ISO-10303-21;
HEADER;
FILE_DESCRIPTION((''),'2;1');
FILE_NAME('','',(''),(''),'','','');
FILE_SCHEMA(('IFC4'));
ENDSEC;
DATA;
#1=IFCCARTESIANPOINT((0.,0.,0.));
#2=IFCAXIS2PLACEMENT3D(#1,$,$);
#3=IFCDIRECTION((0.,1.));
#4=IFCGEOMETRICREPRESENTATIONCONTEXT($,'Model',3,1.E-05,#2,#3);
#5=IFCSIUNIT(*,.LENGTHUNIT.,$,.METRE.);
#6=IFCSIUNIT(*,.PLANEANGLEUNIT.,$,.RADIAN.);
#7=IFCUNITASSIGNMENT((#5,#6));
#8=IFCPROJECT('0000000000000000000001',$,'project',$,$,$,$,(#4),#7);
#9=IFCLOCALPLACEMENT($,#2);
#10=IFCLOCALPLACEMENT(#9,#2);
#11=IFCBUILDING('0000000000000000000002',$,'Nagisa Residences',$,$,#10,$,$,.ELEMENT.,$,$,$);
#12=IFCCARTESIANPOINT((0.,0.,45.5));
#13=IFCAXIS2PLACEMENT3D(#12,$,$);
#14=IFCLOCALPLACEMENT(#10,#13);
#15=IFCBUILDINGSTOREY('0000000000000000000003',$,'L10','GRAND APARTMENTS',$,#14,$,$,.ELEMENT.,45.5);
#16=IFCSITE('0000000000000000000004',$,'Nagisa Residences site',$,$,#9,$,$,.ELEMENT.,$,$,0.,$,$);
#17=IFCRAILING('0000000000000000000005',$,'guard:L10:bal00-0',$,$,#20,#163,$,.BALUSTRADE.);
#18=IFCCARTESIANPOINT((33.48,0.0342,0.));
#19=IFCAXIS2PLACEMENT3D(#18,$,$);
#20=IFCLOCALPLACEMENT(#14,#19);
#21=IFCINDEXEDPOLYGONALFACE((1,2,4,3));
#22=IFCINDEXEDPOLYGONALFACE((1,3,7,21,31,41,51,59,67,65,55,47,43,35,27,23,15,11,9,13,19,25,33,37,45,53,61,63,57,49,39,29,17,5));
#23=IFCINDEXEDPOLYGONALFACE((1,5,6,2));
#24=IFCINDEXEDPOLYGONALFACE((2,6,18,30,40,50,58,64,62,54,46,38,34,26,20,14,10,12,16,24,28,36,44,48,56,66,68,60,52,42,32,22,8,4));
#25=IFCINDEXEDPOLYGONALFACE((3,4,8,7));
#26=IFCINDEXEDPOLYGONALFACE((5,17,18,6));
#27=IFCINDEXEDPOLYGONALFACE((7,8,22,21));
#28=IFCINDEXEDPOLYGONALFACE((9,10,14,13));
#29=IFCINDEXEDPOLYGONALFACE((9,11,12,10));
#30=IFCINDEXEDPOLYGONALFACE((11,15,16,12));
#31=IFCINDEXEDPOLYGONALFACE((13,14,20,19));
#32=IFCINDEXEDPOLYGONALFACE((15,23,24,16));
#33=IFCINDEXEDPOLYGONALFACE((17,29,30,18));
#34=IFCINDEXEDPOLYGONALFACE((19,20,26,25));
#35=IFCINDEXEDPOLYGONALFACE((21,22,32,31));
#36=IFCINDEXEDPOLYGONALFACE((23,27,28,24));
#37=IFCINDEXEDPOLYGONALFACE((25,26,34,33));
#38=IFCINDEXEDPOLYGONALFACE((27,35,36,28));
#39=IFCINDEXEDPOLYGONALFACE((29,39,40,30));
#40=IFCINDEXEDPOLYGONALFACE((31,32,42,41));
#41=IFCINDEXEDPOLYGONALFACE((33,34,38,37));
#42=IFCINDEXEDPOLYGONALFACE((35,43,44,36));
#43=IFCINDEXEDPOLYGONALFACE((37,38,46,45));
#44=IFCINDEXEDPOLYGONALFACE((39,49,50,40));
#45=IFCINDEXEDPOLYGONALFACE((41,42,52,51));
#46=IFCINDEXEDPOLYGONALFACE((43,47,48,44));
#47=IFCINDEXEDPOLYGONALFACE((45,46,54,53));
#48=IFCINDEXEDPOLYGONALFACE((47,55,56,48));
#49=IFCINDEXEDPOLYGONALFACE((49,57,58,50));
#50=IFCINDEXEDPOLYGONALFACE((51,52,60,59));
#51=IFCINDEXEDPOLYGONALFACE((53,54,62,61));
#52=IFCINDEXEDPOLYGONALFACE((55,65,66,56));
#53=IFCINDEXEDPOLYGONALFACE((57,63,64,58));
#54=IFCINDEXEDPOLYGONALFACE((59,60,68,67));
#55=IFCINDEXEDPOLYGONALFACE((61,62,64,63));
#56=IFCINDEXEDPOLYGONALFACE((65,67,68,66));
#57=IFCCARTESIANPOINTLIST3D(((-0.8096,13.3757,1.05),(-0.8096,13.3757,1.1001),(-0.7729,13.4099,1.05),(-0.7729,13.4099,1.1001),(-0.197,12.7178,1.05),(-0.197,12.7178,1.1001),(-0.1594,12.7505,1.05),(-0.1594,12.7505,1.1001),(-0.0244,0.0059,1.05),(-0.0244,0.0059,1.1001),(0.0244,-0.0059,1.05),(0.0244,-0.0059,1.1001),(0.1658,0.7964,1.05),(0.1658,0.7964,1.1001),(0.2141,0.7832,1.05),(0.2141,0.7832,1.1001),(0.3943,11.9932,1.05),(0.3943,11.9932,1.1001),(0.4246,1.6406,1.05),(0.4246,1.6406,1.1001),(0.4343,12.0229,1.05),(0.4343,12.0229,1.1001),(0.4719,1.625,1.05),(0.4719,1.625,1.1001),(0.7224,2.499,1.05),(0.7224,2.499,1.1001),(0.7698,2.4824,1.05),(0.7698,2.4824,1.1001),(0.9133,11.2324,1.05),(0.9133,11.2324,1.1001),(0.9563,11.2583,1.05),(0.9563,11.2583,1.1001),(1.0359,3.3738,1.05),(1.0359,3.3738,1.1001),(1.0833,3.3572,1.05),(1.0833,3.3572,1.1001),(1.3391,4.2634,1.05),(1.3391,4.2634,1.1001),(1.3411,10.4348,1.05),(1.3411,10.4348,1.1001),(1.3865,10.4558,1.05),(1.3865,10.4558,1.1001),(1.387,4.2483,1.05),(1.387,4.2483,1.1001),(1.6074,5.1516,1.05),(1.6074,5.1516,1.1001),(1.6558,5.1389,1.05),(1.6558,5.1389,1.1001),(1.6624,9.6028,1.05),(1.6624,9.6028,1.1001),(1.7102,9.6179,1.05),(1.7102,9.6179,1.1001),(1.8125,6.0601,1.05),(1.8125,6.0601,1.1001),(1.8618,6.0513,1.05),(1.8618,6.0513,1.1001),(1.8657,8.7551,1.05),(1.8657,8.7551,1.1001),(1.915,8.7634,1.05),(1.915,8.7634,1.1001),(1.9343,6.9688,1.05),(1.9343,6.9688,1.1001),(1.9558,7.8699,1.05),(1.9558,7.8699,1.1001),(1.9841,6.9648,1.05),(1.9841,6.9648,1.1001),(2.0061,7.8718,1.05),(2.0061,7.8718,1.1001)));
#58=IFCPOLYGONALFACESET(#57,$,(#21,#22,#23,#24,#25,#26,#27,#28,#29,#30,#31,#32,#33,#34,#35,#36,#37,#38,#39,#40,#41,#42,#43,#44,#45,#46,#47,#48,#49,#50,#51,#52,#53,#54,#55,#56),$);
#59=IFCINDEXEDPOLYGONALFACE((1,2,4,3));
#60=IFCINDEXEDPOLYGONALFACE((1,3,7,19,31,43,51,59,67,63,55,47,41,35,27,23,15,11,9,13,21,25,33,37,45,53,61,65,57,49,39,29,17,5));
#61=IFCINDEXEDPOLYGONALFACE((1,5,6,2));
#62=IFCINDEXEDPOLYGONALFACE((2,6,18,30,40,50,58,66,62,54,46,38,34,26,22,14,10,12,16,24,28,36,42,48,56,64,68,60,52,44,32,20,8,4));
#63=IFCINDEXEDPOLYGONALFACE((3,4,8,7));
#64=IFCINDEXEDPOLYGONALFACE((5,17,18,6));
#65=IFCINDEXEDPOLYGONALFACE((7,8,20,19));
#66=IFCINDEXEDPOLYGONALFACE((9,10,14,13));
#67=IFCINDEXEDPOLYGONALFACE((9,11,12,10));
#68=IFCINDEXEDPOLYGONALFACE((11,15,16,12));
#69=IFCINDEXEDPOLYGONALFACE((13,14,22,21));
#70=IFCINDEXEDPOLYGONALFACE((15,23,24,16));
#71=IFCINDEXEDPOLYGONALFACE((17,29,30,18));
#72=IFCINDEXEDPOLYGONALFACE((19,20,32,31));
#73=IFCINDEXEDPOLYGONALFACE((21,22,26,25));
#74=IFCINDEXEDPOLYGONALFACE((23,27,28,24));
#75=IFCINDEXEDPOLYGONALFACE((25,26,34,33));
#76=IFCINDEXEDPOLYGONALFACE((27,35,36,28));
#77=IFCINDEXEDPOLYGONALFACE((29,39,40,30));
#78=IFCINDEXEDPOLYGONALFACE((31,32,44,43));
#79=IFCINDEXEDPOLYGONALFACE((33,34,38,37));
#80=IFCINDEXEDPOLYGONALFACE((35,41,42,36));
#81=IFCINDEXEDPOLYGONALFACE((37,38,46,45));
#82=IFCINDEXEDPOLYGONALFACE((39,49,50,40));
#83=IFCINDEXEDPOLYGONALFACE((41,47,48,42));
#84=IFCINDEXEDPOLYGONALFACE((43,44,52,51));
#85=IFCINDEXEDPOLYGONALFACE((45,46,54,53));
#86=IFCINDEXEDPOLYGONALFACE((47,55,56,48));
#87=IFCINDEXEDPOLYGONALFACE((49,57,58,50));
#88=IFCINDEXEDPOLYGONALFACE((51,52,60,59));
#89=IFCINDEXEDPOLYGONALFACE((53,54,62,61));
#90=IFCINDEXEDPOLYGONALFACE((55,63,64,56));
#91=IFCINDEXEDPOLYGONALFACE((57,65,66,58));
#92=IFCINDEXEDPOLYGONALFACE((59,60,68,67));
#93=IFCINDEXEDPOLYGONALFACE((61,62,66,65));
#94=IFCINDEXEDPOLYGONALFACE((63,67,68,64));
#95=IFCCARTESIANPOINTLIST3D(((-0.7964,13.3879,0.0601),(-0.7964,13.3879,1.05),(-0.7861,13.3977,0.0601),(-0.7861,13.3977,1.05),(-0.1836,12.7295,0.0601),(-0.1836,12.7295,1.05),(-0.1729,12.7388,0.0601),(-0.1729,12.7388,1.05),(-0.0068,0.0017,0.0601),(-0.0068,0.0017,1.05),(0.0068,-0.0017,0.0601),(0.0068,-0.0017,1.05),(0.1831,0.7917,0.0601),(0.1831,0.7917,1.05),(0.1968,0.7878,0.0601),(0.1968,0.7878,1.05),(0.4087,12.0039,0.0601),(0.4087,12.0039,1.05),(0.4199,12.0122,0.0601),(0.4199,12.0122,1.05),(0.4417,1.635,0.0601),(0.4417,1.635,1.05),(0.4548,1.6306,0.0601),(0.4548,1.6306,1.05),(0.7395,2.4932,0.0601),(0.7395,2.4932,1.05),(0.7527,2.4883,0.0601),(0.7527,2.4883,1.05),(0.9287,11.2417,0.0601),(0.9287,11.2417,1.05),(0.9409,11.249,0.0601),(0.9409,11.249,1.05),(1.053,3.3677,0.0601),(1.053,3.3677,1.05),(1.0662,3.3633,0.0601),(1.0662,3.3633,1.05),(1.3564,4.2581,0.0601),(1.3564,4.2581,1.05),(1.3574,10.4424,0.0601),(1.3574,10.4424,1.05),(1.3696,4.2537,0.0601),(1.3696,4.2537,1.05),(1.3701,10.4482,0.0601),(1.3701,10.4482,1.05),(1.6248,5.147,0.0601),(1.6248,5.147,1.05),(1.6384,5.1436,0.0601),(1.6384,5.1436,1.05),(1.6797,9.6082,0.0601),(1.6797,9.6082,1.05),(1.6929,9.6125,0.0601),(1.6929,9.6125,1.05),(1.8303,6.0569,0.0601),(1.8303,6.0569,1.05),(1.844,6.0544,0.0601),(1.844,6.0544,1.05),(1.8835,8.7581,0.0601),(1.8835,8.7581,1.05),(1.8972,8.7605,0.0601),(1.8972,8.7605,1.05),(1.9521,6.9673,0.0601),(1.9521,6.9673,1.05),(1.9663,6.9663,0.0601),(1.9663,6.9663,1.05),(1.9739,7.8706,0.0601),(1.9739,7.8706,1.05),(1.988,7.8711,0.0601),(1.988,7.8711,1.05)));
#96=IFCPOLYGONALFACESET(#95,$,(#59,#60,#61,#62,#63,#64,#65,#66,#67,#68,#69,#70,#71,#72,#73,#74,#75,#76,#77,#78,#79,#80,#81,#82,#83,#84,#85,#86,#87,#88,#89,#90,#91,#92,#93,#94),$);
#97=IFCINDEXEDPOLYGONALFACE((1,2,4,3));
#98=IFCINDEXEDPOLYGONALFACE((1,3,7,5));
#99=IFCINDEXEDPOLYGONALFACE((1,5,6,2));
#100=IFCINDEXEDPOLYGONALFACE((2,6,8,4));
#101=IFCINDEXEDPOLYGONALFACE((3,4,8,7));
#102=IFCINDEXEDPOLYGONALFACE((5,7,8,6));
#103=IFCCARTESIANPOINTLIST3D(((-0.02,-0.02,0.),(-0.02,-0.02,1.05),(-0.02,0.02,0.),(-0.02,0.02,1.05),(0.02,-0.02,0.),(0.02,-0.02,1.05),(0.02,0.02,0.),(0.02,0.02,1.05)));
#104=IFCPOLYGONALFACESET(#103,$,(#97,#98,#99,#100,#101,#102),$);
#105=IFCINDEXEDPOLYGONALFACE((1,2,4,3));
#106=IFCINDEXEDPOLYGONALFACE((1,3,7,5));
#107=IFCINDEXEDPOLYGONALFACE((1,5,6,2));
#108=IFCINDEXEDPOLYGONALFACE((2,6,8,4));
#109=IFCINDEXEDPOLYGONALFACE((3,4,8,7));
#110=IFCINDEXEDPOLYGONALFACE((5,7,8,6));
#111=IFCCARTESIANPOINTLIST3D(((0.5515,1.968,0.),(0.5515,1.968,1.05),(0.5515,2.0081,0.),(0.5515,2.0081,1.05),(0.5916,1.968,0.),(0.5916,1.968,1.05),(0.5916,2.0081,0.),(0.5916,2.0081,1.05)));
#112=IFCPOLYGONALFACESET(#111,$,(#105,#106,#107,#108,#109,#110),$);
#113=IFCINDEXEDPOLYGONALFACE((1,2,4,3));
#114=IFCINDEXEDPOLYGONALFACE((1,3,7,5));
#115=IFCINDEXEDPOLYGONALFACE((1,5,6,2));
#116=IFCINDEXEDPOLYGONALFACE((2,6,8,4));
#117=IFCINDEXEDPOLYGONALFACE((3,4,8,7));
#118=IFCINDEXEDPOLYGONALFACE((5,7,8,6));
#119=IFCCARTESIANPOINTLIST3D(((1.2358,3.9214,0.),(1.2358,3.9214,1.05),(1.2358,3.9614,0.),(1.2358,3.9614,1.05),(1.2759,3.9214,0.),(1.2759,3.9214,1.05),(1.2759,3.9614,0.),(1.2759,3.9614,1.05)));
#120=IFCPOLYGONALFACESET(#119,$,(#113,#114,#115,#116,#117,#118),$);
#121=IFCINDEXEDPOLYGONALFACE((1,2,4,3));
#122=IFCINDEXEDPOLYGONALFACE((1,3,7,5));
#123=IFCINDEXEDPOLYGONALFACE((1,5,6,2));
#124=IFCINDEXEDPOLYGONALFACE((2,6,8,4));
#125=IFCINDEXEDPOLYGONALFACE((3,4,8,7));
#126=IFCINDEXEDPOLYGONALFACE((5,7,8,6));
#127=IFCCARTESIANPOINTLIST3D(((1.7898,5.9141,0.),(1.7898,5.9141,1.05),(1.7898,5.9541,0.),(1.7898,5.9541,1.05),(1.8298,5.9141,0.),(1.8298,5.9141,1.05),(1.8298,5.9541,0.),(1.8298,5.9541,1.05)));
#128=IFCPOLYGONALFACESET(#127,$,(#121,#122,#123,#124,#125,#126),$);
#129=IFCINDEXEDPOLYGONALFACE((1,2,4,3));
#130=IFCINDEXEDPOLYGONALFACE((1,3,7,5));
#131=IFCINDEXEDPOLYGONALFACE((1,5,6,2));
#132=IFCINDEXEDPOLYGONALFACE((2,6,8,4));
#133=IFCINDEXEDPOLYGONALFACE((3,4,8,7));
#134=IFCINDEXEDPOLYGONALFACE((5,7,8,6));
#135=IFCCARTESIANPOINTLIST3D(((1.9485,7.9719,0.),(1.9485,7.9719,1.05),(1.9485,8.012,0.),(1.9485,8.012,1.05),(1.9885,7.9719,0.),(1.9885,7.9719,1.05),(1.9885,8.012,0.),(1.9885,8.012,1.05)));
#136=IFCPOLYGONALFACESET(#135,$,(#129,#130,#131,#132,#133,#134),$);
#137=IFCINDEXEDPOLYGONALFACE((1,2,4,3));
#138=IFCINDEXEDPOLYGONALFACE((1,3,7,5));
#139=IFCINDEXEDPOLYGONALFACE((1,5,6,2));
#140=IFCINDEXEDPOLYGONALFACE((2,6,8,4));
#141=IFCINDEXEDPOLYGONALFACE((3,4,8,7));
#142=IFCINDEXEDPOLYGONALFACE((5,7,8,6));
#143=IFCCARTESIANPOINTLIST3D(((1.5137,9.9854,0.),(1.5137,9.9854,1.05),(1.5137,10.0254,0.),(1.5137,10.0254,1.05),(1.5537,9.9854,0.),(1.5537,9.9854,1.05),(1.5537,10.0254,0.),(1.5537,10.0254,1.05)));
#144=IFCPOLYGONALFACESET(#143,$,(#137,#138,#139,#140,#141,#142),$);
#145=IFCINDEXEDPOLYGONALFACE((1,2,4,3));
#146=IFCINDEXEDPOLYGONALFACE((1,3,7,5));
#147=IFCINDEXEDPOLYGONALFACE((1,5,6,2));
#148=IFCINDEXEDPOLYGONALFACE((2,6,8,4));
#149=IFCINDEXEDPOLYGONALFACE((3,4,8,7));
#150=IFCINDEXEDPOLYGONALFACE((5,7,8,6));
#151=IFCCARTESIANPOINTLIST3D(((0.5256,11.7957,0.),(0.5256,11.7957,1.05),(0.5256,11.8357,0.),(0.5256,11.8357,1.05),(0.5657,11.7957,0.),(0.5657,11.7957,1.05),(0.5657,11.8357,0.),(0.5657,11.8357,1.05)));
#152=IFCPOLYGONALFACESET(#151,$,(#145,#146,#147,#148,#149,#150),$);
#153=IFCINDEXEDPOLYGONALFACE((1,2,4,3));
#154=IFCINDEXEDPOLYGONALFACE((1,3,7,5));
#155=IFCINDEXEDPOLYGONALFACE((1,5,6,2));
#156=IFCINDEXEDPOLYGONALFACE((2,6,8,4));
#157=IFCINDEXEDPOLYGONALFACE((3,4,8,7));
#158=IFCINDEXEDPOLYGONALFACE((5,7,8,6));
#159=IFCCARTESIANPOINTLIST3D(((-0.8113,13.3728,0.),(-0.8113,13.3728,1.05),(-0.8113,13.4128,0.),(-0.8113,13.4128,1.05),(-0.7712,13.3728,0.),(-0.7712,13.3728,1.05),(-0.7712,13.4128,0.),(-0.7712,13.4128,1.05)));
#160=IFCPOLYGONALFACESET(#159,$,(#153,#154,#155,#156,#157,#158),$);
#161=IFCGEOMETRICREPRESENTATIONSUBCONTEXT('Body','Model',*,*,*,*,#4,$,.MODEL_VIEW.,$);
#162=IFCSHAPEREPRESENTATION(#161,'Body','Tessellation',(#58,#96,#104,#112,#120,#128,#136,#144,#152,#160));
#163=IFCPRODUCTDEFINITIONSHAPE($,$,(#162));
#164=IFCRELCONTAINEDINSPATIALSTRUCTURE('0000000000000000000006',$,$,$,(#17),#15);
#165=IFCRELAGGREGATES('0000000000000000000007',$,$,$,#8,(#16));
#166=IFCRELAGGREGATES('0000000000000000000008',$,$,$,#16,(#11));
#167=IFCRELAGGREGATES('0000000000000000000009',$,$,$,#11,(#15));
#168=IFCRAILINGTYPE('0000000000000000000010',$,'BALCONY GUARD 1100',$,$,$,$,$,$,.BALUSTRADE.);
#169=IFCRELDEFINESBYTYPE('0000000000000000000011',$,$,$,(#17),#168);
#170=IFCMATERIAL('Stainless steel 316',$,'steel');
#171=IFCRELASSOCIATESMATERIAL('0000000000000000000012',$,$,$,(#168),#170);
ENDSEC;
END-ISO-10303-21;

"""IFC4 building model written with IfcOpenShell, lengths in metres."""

from ifc_helpers import new_model, si_unit, direction, frame, origin, origin_2d, place, context, subcontext, project, spatial, polyline, rectangle, outline, extrude, material, type_object, element, save


model = new_model("IFC4")

# Units and contexts
model_context = context("Model", 3, precision=1e-05, world=origin(), true_north=direction((0.0, 1.0)))
body_context = subcontext(model_context, "Body", "Model", "MODEL_VIEW")
ifc_project = project(units=[si_unit("LENGTHUNIT", "METRE"), si_unit("PLANEANGLEUNIT", "RADIAN")], contexts=[model_context])

# Site, building, storey
site_placement = place(None, origin())
site = spatial("IfcSite", under=ifc_project, at=site_placement, Name="Nagisa Residences site", CompositionType="ELEMENT", RefElevation=0.0)
building_placement = place(site_placement, origin())
building = spatial("IfcBuilding", under=site, at=building_placement, Name="Nagisa Residences", CompositionType="ELEMENT")
storey_placement = place(building_placement, frame((0.0, 0.0, 45.5)))
storey = spatial("IfcBuildingStorey", under=building, at=storey_placement, Name="L10", Description="GRAND APARTMENTS", CompositionType="ELEMENT", Elevation=45.5)

# Railing
ifc_material_1 = material(Name="Stainless steel 316", Category="steel")
railing_type = type_object("IfcRailingType", Name="BALCONY GUARD 1100", PredefinedType="BALUSTRADE", material=ifc_material_1)
railing_1_placement = place(storey_placement, frame((33.48, 0.0342, 0.0)))
element("IfcRailing", 1, at=railing_1_placement, inside=storey, type_object=railing_type, Name="guard:L10:bal00-0", PredefinedType="BALUSTRADE", context=body_context, shape_type="SweptSolid", body=[
    extrude(outline(polyline([(0.1658, 0.7964), (-0.0244, 0.0059), (0.0244, -0.0059), (0.2141, 0.7832), (0.4719, 1.625), (0.7698, 2.4824), (1.0833, 3.3572), (1.387, 4.2483), (1.6558, 5.1389), (1.8618, 6.0513), (1.9841, 6.9648), (2.0061, 7.8718), (1.915, 8.7634), (1.7102, 9.6179), (1.3865, 10.4558), (0.9563, 11.2583), (0.4343, 12.0229), (-0.1594, 12.7505), (-0.7729, 13.4099), (-0.8096, 13.3757), (-0.197, 12.7178), (0.3943, 11.9932), (0.9133, 11.2324), (1.3411, 10.4348), (1.6624, 9.6028), (1.8657, 8.7551), (1.9558, 7.8699), (1.9343, 6.9688), (1.8125, 6.0601), (1.6074, 5.1516), (1.3391, 4.2634), (1.0359, 3.3738), (0.7224, 2.499), (0.4246, 1.6406), (0.1658, 0.7964)])), frame((0.0, 0.0, 1.05)), (0.0, 0.0, 1.0), 0.05),
    extrude(outline(polyline([(0.1831, 0.7917), (-0.0068, 0.0017), (0.0068, -0.0017), (0.1968, 0.7878), (0.4548, 1.6306), (0.7527, 2.4883), (1.0662, 3.3633), (1.3696, 4.2537), (1.6384, 5.1436), (1.844, 6.0544), (1.9663, 6.9663), (1.988, 7.8711), (1.8972, 8.7605), (1.6929, 9.6125), (1.3701, 10.4482), (0.9409, 11.249), (0.4199, 12.0122), (-0.1729, 12.7388), (-0.7861, 13.3977), (-0.7964, 13.3879), (-0.1836, 12.7295), (0.4087, 12.0039), (0.9287, 11.2417), (1.3574, 10.4424), (1.6797, 9.6082), (1.8835, 8.7581), (1.9739, 7.8706), (1.9521, 6.9673), (1.8303, 6.0569), (1.6248, 5.147), (1.3564, 4.2581), (1.053, 3.3677), (0.7395, 2.4932), (0.4417, 1.635), (0.1831, 0.7917)])), frame((0.0, 0.0, 0.0601)), (0.0, 0.0, 1.0), 0.99),
    extrude(rectangle(XDim=0.04, YDim=0.04, at=origin_2d()), origin(), (0.0, 0.0, 1.0), 1.05),
    extrude(rectangle(XDim=0.04, YDim=0.04, at=origin_2d()), frame((0.5715, 1.988, 0.0)), (0.0, 0.0, 1.0), 1.05),
    extrude(rectangle(XDim=0.04, YDim=0.04, at=origin_2d()), frame((1.2559, 3.9414, 0.0)), (0.0, 0.0, 1.0), 1.05),
    extrude(rectangle(XDim=0.04, YDim=0.04, at=origin_2d()), frame((1.8098, 5.9341, 0.0)), (0.0, 0.0, 1.0), 1.05),
    extrude(rectangle(XDim=0.04, YDim=0.04, at=origin_2d()), frame((1.9685, 7.9919, 0.0)), (0.0, 0.0, 1.0), 1.05),
    extrude(rectangle(XDim=0.04, YDim=0.04, at=origin_2d()), frame((1.5337, 10.0054, 0.0)), (0.0, 0.0, 1.0), 1.05),
    extrude(rectangle(XDim=0.04, YDim=0.04, at=origin_2d()), frame((0.5457, 11.8157, 0.0)), (0.0, 0.0, 1.0), 1.05),
    extrude(rectangle(XDim=0.04, YDim=0.04, at=origin_2d()), frame((-0.7913, 13.3928, 0.0)), (0.0, 0.0, 1.0), 1.05),
])

save(model, "model.ifc")
